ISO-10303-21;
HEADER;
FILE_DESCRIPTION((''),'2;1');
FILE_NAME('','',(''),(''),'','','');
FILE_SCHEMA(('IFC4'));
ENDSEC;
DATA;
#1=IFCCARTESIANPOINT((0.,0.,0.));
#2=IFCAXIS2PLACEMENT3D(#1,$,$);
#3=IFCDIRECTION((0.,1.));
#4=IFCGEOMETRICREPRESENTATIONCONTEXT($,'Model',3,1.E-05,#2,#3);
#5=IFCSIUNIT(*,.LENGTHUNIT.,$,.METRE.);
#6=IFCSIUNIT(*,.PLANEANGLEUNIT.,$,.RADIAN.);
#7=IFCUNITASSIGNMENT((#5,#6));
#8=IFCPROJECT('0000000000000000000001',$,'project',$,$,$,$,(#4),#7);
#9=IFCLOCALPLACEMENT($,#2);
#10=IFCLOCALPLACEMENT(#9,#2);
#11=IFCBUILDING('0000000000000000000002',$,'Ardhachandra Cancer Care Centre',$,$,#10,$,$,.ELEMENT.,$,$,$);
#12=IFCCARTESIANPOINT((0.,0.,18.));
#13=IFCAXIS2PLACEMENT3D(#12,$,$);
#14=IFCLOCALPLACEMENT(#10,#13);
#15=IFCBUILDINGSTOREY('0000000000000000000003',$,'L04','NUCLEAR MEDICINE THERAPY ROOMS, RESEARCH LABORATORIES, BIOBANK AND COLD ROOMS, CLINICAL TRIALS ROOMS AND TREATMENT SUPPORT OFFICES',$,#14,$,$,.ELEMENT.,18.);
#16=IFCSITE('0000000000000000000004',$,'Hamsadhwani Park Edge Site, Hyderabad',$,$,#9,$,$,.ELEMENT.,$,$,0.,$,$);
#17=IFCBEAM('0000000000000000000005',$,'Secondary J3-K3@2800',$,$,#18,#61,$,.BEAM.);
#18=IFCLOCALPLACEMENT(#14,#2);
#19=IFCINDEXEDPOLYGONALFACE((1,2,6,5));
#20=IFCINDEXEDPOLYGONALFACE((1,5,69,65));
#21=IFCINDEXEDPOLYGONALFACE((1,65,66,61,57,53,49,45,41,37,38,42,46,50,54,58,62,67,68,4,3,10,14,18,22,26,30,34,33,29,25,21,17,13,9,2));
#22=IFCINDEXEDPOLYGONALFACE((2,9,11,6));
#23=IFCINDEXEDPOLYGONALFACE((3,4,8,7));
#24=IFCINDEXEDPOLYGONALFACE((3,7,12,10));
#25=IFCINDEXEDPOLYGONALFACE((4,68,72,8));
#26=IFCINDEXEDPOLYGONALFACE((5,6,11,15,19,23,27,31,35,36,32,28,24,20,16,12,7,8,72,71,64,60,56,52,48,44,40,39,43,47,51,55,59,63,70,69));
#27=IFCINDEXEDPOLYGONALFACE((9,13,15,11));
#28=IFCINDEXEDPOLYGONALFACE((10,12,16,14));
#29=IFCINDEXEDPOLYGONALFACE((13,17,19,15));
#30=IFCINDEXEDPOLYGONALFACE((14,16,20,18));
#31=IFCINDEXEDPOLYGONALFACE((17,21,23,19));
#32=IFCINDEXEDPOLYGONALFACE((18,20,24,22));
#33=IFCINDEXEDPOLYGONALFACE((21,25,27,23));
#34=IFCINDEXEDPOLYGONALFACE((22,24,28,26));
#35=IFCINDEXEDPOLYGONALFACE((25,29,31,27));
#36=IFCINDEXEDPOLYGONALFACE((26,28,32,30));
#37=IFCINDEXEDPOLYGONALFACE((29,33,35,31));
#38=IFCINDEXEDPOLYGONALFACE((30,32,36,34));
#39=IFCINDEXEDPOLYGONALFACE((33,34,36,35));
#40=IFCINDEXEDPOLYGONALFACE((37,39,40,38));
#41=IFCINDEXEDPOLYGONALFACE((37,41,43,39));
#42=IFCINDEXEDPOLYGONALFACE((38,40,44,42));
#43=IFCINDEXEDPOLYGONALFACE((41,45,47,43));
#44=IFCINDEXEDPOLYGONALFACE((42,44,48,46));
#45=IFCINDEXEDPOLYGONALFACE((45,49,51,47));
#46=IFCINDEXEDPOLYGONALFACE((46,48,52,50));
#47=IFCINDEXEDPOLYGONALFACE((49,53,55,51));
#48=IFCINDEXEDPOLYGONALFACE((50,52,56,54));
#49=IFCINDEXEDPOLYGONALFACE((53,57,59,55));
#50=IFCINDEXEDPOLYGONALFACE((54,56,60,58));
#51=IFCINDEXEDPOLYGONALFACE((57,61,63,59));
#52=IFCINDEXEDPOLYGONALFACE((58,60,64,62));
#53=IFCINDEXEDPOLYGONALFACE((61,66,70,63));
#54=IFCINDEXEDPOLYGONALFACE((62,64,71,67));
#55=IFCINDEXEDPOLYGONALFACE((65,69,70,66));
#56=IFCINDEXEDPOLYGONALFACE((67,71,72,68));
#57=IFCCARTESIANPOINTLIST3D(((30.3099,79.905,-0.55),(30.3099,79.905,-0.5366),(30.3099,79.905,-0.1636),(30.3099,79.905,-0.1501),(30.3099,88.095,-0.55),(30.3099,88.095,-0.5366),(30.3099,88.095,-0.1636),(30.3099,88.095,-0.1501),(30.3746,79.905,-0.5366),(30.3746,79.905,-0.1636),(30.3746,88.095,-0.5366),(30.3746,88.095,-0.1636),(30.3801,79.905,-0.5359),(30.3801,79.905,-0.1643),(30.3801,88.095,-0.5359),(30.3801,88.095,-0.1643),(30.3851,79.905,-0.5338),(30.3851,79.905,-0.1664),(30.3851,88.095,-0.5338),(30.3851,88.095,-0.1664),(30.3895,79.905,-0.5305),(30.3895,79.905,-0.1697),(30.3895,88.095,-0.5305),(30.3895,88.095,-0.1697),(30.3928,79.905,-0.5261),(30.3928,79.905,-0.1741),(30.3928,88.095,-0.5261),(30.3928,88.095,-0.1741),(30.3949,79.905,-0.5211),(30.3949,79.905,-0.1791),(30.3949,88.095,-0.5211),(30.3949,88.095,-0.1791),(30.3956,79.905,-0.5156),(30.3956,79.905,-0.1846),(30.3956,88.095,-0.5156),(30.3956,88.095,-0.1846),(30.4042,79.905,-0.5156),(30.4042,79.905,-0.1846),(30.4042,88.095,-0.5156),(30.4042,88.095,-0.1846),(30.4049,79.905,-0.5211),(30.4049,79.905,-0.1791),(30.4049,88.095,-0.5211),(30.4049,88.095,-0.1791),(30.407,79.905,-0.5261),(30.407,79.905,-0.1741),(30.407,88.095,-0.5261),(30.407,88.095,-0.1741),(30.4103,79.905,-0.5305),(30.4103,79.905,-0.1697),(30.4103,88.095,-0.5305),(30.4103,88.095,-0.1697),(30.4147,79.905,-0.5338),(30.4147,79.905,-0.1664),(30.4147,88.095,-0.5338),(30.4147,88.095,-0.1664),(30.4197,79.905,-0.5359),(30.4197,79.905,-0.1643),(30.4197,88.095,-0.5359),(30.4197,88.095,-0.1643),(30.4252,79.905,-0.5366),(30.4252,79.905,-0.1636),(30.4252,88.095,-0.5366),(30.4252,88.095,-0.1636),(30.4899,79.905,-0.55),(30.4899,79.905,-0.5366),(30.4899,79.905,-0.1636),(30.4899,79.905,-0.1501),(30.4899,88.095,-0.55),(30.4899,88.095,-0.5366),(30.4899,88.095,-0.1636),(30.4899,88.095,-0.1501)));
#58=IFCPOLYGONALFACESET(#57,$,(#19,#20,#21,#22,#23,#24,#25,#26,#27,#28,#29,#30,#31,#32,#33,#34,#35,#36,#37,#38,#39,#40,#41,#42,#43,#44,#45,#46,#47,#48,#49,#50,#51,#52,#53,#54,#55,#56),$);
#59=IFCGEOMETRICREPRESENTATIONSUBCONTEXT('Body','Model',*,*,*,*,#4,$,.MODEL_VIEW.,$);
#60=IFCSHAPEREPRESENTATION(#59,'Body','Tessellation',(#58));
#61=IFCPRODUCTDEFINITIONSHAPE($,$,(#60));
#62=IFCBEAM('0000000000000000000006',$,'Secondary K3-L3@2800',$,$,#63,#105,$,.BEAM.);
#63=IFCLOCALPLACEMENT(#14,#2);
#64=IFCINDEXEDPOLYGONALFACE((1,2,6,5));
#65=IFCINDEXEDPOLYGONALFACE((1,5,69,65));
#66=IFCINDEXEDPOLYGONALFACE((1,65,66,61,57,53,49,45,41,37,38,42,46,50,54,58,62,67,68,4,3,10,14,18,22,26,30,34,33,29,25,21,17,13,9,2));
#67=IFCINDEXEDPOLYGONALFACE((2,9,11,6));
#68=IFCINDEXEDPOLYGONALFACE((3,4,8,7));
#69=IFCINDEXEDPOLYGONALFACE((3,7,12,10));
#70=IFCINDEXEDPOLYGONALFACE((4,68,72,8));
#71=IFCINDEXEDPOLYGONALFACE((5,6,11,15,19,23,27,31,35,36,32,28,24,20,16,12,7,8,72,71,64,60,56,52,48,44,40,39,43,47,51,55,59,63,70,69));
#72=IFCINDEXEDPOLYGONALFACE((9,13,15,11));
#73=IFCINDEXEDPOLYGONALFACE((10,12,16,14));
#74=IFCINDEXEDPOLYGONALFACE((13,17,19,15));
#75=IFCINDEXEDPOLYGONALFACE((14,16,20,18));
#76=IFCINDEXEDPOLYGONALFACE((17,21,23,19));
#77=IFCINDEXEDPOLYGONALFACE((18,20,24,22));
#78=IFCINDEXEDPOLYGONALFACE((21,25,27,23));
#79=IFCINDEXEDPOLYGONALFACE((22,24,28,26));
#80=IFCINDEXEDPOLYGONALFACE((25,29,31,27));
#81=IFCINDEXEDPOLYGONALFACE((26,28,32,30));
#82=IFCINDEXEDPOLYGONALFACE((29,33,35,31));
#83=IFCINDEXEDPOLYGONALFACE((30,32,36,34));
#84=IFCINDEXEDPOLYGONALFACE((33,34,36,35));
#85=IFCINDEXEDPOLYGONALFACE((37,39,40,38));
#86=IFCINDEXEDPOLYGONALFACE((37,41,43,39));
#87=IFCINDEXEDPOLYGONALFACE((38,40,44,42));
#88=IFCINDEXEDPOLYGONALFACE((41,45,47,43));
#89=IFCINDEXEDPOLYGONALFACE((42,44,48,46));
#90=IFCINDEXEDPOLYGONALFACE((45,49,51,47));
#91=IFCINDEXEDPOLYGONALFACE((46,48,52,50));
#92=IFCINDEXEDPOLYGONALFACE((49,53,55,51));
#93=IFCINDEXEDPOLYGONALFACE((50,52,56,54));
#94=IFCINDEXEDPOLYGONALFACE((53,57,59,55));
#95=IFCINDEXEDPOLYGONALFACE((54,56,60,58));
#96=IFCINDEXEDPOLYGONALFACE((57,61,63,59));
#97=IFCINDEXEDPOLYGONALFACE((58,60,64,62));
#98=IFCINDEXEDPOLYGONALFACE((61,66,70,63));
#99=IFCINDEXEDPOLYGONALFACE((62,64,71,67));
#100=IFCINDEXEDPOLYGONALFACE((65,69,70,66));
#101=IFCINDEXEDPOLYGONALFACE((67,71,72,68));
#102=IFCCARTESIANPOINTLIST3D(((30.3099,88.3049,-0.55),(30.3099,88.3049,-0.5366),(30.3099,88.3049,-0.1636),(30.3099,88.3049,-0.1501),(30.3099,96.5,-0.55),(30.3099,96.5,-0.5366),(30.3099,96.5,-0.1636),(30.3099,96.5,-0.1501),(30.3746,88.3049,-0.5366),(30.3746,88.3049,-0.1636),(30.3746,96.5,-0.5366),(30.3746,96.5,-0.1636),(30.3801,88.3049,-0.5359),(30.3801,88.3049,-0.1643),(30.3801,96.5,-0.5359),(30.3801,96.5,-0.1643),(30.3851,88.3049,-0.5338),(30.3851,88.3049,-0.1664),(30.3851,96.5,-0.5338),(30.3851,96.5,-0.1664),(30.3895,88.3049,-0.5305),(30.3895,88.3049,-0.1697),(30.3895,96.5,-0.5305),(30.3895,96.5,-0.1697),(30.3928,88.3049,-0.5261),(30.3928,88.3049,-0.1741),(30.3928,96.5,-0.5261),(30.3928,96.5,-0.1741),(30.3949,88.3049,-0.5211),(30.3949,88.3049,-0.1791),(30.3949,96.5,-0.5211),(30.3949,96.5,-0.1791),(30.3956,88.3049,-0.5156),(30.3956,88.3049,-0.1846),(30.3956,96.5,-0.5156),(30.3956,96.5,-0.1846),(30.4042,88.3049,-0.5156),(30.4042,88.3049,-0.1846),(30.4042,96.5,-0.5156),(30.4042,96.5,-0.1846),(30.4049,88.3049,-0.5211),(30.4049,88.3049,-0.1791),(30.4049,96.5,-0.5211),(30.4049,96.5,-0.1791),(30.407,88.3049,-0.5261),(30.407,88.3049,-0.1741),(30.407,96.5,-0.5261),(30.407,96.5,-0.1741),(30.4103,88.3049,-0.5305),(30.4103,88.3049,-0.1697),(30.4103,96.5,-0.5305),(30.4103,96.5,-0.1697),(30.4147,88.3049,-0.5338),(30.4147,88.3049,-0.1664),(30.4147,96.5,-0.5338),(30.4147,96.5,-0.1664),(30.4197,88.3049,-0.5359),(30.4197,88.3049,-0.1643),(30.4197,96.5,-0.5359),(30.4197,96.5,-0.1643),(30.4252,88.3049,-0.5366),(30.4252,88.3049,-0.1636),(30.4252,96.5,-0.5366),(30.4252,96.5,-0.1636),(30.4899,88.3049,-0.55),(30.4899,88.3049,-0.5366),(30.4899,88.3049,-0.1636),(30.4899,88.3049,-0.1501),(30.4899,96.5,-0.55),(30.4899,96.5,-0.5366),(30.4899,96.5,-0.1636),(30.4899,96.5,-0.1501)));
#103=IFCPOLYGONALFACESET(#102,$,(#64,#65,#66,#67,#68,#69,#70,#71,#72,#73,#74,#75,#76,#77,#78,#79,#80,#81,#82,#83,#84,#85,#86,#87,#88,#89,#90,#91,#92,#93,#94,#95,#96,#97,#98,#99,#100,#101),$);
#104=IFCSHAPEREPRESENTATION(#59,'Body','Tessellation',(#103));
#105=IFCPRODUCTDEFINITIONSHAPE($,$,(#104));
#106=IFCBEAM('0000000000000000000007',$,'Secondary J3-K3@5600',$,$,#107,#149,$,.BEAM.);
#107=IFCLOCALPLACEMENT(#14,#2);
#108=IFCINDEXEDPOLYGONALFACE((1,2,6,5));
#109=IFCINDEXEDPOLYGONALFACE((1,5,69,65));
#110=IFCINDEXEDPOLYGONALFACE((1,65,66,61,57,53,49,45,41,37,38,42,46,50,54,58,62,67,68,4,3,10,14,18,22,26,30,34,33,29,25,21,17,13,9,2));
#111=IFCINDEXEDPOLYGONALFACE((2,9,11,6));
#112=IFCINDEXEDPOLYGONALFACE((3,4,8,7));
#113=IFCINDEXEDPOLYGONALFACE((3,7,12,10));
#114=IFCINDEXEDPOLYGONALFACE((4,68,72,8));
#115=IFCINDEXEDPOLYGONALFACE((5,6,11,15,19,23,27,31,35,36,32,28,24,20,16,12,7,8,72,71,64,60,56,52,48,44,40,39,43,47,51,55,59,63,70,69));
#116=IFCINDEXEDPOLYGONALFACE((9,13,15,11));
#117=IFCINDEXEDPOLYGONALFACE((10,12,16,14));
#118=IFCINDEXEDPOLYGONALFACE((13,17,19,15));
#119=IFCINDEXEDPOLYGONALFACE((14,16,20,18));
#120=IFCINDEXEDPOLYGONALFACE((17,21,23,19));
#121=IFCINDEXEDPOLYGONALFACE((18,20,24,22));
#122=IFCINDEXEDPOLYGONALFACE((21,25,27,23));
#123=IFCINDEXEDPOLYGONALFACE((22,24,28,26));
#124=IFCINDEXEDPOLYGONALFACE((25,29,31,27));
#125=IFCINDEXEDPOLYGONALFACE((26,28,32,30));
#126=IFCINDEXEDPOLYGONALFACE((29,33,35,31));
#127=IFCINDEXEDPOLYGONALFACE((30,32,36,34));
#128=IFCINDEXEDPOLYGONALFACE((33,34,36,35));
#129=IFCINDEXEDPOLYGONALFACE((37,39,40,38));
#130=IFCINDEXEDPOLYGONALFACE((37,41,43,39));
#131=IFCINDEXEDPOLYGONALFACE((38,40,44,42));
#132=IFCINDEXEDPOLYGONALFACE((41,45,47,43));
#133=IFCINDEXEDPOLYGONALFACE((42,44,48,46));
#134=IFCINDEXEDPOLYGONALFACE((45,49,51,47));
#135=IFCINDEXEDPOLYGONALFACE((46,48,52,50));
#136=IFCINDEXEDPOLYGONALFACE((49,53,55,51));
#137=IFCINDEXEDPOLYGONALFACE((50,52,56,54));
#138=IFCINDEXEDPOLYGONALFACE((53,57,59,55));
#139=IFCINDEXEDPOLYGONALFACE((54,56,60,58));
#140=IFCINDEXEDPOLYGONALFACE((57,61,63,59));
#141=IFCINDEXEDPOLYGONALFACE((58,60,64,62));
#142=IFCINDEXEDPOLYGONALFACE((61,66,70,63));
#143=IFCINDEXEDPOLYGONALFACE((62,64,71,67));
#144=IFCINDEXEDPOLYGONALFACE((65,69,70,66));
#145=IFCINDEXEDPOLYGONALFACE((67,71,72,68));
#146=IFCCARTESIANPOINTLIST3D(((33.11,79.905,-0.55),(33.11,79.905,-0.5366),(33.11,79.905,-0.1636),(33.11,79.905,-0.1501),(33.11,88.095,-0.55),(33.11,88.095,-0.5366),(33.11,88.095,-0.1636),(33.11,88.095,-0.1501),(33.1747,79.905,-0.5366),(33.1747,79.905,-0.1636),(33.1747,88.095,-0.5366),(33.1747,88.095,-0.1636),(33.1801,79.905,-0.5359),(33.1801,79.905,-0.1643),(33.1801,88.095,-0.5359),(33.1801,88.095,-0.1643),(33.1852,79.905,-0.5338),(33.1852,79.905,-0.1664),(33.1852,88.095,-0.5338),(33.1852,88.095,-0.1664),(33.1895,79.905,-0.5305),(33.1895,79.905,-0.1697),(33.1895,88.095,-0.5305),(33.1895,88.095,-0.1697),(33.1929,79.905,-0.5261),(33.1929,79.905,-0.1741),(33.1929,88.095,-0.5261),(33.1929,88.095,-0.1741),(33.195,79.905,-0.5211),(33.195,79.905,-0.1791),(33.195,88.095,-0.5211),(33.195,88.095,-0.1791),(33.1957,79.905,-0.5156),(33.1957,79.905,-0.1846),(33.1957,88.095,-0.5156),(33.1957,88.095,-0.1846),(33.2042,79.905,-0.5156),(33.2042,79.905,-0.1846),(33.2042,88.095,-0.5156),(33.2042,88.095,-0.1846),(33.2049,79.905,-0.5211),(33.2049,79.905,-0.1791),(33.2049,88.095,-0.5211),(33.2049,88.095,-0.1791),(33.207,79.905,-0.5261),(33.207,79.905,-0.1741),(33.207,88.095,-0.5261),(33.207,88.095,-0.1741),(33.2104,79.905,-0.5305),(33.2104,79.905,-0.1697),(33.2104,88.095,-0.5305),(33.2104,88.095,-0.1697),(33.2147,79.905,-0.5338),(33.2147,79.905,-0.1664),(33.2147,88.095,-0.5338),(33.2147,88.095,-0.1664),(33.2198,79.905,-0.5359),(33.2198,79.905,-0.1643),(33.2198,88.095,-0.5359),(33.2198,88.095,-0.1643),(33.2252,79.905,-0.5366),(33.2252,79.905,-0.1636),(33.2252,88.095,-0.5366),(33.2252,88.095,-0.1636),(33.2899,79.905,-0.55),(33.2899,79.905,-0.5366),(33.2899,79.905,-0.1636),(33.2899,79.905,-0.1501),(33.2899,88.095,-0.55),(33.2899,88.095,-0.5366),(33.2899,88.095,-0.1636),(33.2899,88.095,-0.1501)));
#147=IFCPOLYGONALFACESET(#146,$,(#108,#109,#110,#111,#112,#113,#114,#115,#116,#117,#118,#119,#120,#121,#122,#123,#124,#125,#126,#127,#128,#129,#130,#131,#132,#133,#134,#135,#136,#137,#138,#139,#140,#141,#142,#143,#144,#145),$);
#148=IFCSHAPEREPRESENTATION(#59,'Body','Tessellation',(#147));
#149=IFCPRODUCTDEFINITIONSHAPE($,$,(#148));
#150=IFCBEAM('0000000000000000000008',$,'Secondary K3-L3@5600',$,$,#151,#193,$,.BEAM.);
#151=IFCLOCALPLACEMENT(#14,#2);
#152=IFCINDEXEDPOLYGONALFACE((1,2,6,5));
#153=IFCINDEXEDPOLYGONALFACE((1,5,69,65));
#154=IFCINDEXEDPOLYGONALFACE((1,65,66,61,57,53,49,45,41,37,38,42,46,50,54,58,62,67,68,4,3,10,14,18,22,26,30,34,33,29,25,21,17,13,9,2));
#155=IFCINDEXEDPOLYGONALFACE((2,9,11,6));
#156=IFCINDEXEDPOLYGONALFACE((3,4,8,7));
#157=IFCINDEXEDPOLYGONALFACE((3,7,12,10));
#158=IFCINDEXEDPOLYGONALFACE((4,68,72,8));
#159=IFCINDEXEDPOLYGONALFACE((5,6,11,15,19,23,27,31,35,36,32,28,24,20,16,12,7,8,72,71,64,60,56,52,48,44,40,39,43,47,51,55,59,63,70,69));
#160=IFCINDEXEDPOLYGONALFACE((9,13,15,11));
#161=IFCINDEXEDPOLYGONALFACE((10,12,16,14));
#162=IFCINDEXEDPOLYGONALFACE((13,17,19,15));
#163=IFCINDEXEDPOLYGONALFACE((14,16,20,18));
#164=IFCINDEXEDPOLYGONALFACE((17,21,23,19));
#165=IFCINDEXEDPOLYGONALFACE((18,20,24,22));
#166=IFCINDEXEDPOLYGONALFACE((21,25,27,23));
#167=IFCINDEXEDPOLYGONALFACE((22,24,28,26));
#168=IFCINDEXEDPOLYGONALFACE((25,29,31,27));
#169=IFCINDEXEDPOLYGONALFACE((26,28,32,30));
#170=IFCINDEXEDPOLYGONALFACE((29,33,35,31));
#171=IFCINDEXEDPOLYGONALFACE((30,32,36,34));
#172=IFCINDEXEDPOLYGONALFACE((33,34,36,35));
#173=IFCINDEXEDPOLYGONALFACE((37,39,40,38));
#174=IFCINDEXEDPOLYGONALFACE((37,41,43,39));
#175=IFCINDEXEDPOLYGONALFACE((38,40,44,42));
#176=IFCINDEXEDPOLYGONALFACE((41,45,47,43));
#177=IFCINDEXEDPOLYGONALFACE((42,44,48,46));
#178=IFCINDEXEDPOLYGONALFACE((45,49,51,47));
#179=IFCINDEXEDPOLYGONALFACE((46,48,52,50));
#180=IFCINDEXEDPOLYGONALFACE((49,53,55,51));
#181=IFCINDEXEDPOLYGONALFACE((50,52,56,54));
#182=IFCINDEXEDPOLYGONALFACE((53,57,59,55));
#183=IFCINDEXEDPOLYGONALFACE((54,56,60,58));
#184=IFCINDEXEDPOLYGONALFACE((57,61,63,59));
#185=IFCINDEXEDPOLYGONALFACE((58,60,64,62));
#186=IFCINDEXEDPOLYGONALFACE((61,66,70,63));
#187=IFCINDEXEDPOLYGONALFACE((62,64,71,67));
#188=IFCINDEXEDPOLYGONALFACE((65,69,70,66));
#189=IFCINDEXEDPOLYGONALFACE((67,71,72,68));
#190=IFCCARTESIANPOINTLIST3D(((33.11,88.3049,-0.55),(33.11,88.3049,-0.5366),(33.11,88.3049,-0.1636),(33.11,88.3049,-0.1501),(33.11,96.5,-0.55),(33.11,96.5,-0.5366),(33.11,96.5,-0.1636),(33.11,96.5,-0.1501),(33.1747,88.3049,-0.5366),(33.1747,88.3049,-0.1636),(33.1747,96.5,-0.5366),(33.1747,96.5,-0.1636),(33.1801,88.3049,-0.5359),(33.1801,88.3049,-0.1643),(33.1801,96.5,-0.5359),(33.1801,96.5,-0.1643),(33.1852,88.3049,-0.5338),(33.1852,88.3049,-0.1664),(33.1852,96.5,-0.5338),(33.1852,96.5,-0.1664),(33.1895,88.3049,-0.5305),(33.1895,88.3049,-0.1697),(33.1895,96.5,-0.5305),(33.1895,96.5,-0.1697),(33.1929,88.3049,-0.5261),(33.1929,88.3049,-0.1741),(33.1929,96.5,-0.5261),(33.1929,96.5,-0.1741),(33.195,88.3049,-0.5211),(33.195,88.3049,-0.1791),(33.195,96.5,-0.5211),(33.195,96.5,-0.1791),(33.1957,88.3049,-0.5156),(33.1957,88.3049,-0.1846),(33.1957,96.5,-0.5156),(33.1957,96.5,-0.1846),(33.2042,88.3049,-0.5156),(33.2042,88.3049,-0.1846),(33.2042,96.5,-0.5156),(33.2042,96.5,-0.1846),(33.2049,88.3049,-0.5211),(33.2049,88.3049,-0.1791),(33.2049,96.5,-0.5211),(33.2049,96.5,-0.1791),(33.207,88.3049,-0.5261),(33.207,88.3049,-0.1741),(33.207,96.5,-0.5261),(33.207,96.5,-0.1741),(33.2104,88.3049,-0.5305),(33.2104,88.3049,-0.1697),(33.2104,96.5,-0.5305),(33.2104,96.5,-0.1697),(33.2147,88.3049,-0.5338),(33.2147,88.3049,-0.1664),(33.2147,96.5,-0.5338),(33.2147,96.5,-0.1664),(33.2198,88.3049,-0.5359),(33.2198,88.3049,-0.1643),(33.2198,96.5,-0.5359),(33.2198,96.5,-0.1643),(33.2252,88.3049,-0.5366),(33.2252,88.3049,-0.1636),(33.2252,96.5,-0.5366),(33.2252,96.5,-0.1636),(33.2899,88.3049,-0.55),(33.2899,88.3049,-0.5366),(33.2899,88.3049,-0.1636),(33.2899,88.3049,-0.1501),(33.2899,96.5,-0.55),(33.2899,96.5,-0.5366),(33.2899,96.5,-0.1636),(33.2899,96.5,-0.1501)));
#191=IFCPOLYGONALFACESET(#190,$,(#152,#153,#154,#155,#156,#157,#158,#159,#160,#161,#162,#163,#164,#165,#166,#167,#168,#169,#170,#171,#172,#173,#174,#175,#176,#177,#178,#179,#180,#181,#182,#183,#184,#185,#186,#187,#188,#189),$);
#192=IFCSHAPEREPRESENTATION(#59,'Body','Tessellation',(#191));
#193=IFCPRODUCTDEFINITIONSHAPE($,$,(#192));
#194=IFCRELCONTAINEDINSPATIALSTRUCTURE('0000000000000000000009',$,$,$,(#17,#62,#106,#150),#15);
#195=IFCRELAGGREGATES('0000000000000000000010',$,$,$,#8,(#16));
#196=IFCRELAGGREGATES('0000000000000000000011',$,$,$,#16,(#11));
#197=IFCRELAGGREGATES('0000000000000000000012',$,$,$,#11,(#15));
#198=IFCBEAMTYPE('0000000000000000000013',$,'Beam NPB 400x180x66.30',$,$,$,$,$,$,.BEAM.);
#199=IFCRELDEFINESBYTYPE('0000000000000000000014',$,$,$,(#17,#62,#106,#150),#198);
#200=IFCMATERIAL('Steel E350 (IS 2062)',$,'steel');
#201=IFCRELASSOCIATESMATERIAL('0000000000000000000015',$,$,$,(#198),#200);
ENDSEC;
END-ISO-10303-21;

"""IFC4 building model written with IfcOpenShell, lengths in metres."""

from ifc_helpers import new_model, si_unit, direction, frame, origin, origin_2d, place, context, subcontext, project, spatial, i_section, extrude, material, material_profile, profile_set, type_object, element, save


model = new_model("IFC4")

# Units and contexts
model_context = context("Model", 3, precision=1e-05, world=origin(), true_north=direction((0.0, 1.0)))
body_context = subcontext(model_context, "Body", "Model", "MODEL_VIEW")
ifc_project = project(units=[si_unit("LENGTHUNIT", "METRE"), si_unit("PLANEANGLEUNIT", "RADIAN")], contexts=[model_context])

# Site, building, storey
site_placement = place(None, origin())
site = spatial("IfcSite", under=ifc_project, at=site_placement, Name="Hamsadhwani Park Edge Site, Hyderabad", CompositionType="ELEMENT", RefElevation=0.0)
building_placement = place(site_placement, origin())
building = spatial("IfcBuilding", under=site, at=building_placement, Name="Ardhachandra Cancer Care Centre", CompositionType="ELEMENT")
storey_placement = place(building_placement, frame((0.0, 0.0, 18.0)))
storey = spatial("IfcBuildingStorey", under=building, at=storey_placement, Name="L04", Description="NUCLEAR MEDICINE THERAPY ROOMS, RESEARCH LABORATORIES, BIOBANK AND COLD ROOMS, CLINICAL TRIALS ROOMS AND TREATMENT SUPPORT OFFICES", CompositionType="ELEMENT", Elevation=18.0)

# Beams
ifc_material_1 = material(Name="Steel E350 (IS 2062)", Category="steel")
ifc_material_profile_1 = material_profile(ifc_material_1, i_section(OverallWidth=0.1799, OverallDepth=0.3999, WebThickness=0.0085, FlangeThickness=0.0134, FilletRadius=0.021, at=origin_2d()), Name="NPB 400x180x66.30")
ifc_profile_set_1 = profile_set([ifc_material_profile_1], Name="Steel E350 (IS 2062)")
beam_type = type_object("IfcBeamType", Name="Beam NPB 400x180x66.30", PredefinedType="BEAM", material=ifc_profile_set_1)
beam_1_placement = place(storey_placement, frame((30.3999, 79.905, -0.3501), z_axis=(0.0, 1.0, 0.0), x_axis=(-1.0, 0.0, 0.0)))
element("IfcBeam", 1, at=beam_1_placement, inside=storey, type_object=beam_type, Name="Secondary J3-K3@2800", PredefinedType="BEAM", context=body_context, shape_type="SweptSolid", body=[
    extrude(i_section(OverallWidth=0.1799, OverallDepth=0.3999, WebThickness=0.0085, FlangeThickness=0.0134, FilletRadius=0.021, at=origin_2d()), origin(), (0.0, 0.0, 1.0), 8.1899),
])
beam_2_placement = place(storey_placement, frame((30.3999, 88.3049, -0.3501), z_axis=(0.0, 1.0, 0.0), x_axis=(-1.0, 0.0, 0.0)))
element("IfcBeam", 2, at=beam_2_placement, inside=storey, type_object=beam_type, Name="Secondary K3-L3@2800", PredefinedType="BEAM", context=body_context, shape_type="SweptSolid", body=[
    extrude(i_section(OverallWidth=0.1799, OverallDepth=0.3999, WebThickness=0.0085, FlangeThickness=0.0134, FilletRadius=0.021, at=origin_2d()), origin(), (0.0, 0.0, 1.0), 8.1951),
])
beam_3_placement = place(storey_placement, frame((33.2, 79.905, -0.3501), z_axis=(0.0, 1.0, 0.0), x_axis=(-1.0, 0.0, 0.0)))
element("IfcBeam", 3, at=beam_3_placement, inside=storey, type_object=beam_type, Name="Secondary J3-K3@5600", PredefinedType="BEAM", context=body_context, shape_type="SweptSolid", body=[
    extrude(i_section(OverallWidth=0.1799, OverallDepth=0.3999, WebThickness=0.0085, FlangeThickness=0.0134, FilletRadius=0.021, at=origin_2d()), origin(), (0.0, 0.0, 1.0), 8.1899),
])
beam_4_placement = place(storey_placement, frame((33.2, 88.3049, -0.3501), z_axis=(0.0, 1.0, 0.0), x_axis=(-1.0, 0.0, 0.0)))
element("IfcBeam", 4, at=beam_4_placement, inside=storey, type_object=beam_type, Name="Secondary K3-L3@5600", PredefinedType="BEAM", context=body_context, shape_type="SweptSolid", body=[
    extrude(i_section(OverallWidth=0.1799, OverallDepth=0.3999, WebThickness=0.0085, FlangeThickness=0.0134, FilletRadius=0.021, at=origin_2d()), origin(), (0.0, 0.0, 1.0), 8.1951),
])

save(model, "model.ifc")
